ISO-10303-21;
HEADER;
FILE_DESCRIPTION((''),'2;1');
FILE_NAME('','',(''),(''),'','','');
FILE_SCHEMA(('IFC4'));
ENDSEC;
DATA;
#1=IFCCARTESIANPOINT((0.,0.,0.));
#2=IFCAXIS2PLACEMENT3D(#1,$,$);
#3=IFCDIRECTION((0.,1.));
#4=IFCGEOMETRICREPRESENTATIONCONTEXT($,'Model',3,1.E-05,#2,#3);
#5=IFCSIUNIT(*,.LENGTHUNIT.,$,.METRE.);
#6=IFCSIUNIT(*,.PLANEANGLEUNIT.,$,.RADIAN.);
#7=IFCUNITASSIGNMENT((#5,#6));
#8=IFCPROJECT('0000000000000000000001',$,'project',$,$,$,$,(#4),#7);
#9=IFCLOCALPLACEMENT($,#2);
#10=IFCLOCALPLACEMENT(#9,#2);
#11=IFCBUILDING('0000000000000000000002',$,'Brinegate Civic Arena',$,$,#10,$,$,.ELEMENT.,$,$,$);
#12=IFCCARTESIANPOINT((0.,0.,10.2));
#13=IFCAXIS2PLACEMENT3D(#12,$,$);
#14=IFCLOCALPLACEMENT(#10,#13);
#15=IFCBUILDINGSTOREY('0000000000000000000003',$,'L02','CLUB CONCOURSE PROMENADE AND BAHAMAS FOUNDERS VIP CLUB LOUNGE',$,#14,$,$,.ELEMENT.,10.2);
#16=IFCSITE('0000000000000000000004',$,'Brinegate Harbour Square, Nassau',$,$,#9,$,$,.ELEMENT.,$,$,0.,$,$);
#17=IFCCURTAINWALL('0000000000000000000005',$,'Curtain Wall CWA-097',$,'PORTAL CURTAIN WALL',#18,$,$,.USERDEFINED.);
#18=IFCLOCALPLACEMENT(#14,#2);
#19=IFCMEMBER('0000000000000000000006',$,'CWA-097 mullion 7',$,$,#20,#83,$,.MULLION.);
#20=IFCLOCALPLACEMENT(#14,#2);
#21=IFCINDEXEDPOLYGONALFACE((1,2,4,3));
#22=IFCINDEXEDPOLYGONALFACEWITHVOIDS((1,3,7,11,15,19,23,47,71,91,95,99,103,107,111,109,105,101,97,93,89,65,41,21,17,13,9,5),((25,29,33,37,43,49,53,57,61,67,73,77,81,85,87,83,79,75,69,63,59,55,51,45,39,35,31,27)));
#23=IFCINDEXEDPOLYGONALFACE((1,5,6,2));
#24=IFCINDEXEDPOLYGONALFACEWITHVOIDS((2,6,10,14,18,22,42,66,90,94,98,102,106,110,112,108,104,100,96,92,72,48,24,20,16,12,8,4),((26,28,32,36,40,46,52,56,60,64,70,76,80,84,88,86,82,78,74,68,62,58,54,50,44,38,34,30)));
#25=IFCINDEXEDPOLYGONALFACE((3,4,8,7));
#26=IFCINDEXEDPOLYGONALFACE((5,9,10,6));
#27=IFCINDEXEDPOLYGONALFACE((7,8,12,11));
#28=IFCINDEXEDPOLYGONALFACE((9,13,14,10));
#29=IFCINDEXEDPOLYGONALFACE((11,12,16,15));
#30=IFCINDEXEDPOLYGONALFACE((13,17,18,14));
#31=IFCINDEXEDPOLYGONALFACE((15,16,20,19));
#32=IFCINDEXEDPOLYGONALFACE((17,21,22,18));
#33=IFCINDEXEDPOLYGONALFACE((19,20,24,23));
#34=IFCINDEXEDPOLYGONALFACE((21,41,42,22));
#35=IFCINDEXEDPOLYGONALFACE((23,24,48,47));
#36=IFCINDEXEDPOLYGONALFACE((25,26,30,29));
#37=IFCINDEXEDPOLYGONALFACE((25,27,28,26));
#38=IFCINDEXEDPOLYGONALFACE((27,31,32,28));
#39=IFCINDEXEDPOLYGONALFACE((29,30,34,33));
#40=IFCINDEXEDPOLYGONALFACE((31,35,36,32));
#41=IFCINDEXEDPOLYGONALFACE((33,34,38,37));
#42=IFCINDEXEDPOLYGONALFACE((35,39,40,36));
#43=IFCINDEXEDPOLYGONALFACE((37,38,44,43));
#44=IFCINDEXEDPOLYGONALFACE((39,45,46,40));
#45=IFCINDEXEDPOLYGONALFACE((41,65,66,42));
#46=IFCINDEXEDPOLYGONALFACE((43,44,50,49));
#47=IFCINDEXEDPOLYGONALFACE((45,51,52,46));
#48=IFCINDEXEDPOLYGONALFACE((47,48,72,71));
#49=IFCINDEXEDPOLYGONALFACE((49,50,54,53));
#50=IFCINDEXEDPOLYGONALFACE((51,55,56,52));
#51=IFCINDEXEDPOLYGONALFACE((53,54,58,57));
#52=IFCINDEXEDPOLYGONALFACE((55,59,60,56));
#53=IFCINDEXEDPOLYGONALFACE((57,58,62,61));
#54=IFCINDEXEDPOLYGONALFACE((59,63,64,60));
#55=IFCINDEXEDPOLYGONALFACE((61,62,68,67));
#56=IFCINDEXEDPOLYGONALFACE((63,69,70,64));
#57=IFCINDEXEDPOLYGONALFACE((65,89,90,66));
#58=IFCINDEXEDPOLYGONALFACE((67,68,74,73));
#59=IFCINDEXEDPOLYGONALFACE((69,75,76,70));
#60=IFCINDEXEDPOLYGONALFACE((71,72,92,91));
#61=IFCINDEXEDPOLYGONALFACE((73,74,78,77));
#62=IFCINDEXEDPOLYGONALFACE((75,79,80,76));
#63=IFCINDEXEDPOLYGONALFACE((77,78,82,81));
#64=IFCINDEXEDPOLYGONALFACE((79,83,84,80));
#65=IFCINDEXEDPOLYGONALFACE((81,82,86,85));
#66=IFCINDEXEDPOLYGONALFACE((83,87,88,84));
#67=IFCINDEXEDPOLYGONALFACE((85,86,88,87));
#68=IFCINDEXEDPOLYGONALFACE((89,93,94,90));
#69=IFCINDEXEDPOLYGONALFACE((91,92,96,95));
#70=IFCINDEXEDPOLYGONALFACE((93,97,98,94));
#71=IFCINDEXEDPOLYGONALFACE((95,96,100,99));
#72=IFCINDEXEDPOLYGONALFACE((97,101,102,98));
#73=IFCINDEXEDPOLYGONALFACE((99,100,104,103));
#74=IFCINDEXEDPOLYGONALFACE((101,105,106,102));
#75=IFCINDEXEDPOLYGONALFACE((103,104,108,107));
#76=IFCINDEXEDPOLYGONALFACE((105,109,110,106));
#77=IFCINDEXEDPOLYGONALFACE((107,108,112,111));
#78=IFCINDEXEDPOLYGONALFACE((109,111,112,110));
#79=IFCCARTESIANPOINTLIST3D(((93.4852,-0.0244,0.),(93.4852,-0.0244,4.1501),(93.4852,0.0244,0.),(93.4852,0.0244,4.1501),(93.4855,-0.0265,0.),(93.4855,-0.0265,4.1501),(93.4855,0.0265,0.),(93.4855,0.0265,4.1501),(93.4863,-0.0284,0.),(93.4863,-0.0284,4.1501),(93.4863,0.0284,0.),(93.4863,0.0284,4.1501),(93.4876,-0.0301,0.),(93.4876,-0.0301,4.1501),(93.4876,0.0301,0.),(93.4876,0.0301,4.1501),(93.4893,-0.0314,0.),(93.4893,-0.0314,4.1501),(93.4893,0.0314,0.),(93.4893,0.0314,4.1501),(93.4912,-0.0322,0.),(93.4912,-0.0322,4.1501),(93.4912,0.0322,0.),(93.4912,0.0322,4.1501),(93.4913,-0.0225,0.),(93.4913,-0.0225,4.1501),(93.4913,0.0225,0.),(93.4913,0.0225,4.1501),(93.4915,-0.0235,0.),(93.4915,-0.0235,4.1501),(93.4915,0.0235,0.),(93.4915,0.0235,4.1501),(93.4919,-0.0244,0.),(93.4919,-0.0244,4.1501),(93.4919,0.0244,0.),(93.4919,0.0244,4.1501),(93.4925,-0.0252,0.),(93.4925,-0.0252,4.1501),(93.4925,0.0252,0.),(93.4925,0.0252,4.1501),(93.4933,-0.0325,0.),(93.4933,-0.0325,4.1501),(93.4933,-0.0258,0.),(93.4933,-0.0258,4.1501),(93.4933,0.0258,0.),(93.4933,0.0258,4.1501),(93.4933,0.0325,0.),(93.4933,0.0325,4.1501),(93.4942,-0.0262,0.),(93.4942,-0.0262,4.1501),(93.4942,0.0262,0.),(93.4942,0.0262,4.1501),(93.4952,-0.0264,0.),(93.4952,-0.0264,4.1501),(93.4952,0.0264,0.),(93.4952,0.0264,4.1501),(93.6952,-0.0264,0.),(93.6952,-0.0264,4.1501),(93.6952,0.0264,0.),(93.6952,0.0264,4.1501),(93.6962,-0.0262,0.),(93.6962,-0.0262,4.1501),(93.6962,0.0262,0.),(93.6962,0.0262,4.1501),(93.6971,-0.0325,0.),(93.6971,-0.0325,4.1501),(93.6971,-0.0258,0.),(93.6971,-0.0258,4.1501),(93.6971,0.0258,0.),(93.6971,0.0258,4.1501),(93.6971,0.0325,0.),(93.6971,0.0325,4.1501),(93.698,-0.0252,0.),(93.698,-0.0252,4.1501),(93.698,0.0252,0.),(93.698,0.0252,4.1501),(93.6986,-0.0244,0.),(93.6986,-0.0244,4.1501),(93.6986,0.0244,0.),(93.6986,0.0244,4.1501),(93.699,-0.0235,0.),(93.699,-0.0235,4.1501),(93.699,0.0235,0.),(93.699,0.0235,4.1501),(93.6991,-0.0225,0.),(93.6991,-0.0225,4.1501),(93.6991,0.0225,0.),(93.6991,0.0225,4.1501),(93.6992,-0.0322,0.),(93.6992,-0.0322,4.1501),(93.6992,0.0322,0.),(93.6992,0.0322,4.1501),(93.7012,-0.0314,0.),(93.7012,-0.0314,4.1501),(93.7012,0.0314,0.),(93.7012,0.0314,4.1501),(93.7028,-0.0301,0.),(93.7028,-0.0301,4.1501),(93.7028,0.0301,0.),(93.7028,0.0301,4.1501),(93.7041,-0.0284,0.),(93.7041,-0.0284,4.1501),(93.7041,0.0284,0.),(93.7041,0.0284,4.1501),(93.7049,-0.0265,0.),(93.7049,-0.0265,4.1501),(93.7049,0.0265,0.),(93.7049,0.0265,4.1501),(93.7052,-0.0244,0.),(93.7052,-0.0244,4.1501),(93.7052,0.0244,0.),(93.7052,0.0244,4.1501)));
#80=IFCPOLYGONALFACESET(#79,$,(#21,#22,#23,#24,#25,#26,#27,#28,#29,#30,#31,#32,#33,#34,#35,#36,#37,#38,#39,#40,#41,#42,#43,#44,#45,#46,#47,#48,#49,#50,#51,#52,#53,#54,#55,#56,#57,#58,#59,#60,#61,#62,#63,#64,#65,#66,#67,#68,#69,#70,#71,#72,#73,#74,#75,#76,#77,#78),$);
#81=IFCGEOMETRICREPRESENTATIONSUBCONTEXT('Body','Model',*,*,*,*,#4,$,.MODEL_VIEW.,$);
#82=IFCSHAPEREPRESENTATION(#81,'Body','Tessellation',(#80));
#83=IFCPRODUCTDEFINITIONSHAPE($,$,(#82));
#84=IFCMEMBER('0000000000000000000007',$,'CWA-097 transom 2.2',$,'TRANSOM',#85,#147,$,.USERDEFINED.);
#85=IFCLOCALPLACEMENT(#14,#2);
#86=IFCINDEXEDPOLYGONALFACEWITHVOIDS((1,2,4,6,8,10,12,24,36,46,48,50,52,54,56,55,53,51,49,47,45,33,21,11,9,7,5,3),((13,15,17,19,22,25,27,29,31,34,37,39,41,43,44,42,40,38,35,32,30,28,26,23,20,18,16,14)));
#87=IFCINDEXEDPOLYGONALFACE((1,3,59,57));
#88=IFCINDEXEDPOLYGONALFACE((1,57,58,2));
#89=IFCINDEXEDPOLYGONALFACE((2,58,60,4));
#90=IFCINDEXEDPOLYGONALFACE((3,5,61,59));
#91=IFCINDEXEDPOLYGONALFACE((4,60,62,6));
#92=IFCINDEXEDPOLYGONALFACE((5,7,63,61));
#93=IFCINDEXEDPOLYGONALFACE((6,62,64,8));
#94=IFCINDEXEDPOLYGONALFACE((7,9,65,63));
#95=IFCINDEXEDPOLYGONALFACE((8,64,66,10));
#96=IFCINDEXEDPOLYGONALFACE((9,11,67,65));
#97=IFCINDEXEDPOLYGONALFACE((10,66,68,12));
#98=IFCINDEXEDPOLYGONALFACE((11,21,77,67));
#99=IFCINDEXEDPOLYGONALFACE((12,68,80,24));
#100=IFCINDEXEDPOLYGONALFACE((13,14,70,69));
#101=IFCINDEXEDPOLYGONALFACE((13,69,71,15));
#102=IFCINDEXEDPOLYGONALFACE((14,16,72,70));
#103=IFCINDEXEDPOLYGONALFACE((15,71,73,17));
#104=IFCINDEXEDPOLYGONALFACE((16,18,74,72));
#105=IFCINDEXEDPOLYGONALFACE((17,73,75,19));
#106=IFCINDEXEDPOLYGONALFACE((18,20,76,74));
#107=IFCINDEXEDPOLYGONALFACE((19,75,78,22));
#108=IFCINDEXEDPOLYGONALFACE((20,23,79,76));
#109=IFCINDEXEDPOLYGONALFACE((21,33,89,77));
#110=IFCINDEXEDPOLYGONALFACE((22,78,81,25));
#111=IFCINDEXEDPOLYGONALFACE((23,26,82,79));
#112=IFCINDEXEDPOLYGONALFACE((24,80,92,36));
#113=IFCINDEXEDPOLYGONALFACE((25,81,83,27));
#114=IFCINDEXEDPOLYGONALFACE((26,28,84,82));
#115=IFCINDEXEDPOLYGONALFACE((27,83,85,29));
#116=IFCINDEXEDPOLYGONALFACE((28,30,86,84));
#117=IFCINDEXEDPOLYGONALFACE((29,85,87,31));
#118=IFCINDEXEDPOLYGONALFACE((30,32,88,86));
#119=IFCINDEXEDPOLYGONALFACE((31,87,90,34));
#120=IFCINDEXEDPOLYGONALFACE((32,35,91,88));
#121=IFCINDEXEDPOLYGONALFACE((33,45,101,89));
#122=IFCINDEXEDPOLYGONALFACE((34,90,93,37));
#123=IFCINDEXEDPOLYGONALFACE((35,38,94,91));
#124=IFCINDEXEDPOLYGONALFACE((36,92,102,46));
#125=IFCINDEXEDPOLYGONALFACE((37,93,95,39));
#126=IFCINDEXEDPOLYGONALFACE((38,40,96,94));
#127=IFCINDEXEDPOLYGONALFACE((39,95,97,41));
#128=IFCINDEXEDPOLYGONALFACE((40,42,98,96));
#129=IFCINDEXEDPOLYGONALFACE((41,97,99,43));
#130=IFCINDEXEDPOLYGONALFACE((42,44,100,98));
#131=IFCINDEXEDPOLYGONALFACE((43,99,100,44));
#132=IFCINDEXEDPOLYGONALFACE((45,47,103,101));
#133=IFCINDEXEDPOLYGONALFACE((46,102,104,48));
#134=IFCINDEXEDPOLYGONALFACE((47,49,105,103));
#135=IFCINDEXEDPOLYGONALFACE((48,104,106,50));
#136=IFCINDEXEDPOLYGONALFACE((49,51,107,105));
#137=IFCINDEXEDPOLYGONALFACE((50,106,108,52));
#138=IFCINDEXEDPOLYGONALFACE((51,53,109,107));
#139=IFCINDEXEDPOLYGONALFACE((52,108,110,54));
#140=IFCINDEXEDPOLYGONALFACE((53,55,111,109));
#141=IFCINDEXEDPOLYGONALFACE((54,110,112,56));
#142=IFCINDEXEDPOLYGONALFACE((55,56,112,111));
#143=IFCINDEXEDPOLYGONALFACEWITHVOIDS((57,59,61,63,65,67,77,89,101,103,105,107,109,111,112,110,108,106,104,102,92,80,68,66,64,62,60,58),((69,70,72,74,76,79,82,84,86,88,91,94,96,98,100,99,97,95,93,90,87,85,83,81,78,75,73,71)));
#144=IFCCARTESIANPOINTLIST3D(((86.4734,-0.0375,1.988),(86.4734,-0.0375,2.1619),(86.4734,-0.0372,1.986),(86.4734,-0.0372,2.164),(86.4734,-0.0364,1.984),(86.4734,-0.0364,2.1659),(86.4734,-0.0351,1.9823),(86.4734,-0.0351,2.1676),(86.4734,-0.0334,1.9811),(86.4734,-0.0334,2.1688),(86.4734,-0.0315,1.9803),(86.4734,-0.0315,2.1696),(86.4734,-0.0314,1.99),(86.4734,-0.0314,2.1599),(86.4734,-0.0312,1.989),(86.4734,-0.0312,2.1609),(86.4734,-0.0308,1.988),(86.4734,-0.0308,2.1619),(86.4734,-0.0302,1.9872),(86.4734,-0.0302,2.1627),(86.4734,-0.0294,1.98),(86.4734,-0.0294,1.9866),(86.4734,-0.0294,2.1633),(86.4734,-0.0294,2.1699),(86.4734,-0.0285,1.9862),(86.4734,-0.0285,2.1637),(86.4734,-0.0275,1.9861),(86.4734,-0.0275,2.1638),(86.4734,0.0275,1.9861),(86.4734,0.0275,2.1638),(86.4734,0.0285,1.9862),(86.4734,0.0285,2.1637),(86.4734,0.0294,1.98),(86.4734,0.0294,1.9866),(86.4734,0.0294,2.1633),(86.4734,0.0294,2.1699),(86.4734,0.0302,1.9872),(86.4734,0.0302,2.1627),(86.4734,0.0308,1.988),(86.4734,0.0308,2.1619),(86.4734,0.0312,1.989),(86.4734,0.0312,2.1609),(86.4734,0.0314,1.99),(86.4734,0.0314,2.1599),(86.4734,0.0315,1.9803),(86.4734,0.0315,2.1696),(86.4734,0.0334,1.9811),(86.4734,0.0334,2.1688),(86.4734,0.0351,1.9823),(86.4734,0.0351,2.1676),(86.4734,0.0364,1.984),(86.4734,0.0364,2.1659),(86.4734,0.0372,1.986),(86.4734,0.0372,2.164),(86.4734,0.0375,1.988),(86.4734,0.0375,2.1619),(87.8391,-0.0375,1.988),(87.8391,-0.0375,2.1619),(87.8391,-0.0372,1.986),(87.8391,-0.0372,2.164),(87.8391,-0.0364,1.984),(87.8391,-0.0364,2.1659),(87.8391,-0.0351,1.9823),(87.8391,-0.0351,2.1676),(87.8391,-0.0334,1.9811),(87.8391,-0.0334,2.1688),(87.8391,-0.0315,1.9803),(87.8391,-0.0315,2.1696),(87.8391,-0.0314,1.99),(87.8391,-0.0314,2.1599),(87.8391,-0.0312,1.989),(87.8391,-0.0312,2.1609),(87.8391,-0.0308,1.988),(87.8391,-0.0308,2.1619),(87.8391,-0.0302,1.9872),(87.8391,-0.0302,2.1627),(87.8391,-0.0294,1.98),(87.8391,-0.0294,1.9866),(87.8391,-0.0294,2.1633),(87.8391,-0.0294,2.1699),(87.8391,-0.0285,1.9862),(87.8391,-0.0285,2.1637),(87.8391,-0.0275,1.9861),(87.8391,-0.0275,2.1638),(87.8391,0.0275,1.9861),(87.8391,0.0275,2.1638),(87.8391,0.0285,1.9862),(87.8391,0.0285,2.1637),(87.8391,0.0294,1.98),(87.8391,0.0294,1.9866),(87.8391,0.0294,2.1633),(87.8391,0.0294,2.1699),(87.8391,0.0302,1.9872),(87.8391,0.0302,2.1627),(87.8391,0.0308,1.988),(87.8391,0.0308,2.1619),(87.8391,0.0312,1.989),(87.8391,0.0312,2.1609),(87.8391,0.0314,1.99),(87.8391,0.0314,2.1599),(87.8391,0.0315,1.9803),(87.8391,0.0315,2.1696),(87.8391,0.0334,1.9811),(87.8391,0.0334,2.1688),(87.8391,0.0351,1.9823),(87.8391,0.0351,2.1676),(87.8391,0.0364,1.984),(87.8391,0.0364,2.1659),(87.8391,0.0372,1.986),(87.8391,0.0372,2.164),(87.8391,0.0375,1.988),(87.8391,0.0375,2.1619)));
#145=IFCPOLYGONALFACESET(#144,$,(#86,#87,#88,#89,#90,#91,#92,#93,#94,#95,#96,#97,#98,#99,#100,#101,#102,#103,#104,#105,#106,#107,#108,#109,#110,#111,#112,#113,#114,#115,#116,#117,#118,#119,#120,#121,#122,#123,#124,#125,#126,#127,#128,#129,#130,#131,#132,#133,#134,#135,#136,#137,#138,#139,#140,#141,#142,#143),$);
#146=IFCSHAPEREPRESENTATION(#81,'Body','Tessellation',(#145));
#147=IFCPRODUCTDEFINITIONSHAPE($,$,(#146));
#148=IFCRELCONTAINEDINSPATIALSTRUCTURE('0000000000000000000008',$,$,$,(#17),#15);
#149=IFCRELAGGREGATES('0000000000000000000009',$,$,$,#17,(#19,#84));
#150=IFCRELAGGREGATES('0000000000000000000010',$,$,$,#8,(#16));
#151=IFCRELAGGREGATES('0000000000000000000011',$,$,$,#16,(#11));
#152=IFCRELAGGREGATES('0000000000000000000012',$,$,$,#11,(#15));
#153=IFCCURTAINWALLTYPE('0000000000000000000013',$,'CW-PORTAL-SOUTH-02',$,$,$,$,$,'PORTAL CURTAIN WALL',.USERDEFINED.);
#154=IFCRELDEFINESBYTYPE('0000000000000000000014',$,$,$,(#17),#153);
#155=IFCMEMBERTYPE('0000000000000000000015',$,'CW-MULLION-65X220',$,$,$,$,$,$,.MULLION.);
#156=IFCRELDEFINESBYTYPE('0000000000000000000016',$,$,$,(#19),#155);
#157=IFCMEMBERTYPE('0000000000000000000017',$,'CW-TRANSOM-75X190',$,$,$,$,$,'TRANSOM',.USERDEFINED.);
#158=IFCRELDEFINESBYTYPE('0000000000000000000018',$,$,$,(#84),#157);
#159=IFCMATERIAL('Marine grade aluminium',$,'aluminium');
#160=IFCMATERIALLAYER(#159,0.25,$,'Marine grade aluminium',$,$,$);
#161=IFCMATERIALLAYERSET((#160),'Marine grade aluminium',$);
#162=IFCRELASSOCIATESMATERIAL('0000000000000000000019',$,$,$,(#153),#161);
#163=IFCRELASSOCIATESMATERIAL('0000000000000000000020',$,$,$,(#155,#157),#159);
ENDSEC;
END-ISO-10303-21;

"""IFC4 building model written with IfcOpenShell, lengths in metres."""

from ifc_helpers import new_model, si_unit, direction, frame, origin, origin_2d, place, context, subcontext, project, spatial, hollow_rectangle, extrude, material, layer, layer_set, material_profile, profile_set, type_object, element, aggregate, save


model = new_model("IFC4")

# Units and contexts
model_context = context("Model", 3, precision=1e-05, world=origin(), true_north=direction((0.0, 1.0)))
body_context = subcontext(model_context, "Body", "Model", "MODEL_VIEW")
ifc_project = project(units=[si_unit("LENGTHUNIT", "METRE"), si_unit("PLANEANGLEUNIT", "RADIAN")], contexts=[model_context])

# Site, building, storey
site_placement = place(None, origin())
site = spatial("IfcSite", under=ifc_project, at=site_placement, Name="Brinegate Harbour Square, Nassau", CompositionType="ELEMENT", RefElevation=0.0)
building_placement = place(site_placement, origin())
building = spatial("IfcBuilding", under=site, at=building_placement, Name="Brinegate Civic Arena", CompositionType="ELEMENT")
storey_placement = place(building_placement, frame((0.0, 0.0, 10.2)))
storey = spatial("IfcBuildingStorey", under=building, at=storey_placement, Name="L02", Description="CLUB CONCOURSE PROMENADE AND BAHAMAS FOUNDERS VIP CLUB LOUNGE", CompositionType="ELEMENT", Elevation=10.2)

# Curtain wall, members
ifc_material_1 = material(Name="Marine grade aluminium", Category="aluminium")
ifc_layer_1 = layer(ifc_material_1, 0.25, Name="Marine grade aluminium")
ifc_layer_set_1 = layer_set([ifc_layer_1], Name="Marine grade aluminium")
curtain_wall_type = type_object("IfcCurtainWallType", Name="CW-PORTAL-SOUTH-02", ElementType="PORTAL CURTAIN WALL", PredefinedType="USERDEFINED", material=ifc_layer_set_1)
curtain_wall_placement = place(storey_placement, origin())
curtain_wall = element("IfcCurtainWall", 1, at=curtain_wall_placement, inside=storey, type_object=curtain_wall_type, Name="Curtain Wall CWA-097", ObjectType="PORTAL CURTAIN WALL", PredefinedType="USERDEFINED")
ifc_material_profile_1 = material_profile(ifc_material_1, hollow_rectangle(XDim=0.0649, YDim=0.22, WallThickness=0.0061, InnerFilletRadius=0.0039, OuterFilletRadius=0.0081, at=origin_2d()), Name="MUL65X220")
ifc_profile_set_1 = profile_set([ifc_material_profile_1], Name="Marine grade aluminium")
member_type_1 = type_object("IfcMemberType", Name="CW-MULLION-65X220", PredefinedType="MULLION", material=ifc_profile_set_1)
member_1_placement = place(storey_placement, frame((93.5952, 0.0, 0.0), z_axis=(0.0, 0.0, 1.0), x_axis=(0.0, 1.0, 0.0)))
member_1 = element("IfcMember", 2, at=member_1_placement, type_object=member_type_1, Name="CWA-097 mullion 7", PredefinedType="MULLION", context=body_context, shape_type="SweptSolid", body=[
    extrude(hollow_rectangle(XDim=0.0649, YDim=0.22, WallThickness=0.0061, InnerFilletRadius=0.0039, OuterFilletRadius=0.0081, at=origin_2d()), origin(), (0.0, 0.0, 1.0), 4.1501),
])
ifc_material_profile_2 = material_profile(ifc_material_1, hollow_rectangle(XDim=0.075, YDim=0.1899, WallThickness=0.0061, InnerFilletRadius=0.0039, OuterFilletRadius=0.0081, at=origin_2d()), Name="TRN75X190")
ifc_profile_set_2 = profile_set([ifc_material_profile_2], Name="Marine grade aluminium")
member_type_2 = type_object("IfcMemberType", Name="CW-TRANSOM-75X190", ElementType="TRANSOM", PredefinedType="USERDEFINED", material=ifc_profile_set_2)
member_2_placement = place(storey_placement, frame((86.4734, 0.0, 2.075), z_axis=(1.0, 0.0, 0.0), x_axis=(0.0, 1.0, 0.0)))
member_2 = element("IfcMember", 3, at=member_2_placement, type_object=member_type_2, Name="CWA-097 transom 2.2", ObjectType="TRANSOM", PredefinedType="USERDEFINED", context=body_context, shape_type="SweptSolid", body=[
    extrude(hollow_rectangle(XDim=0.075, YDim=0.1899, WallThickness=0.0061, InnerFilletRadius=0.0039, OuterFilletRadius=0.0081, at=origin_2d()), origin(), (0.0, 0.0, 1.0), 1.3657),
])
aggregate(curtain_wall, [member_1, member_2])

save(model, "model.ifc")
